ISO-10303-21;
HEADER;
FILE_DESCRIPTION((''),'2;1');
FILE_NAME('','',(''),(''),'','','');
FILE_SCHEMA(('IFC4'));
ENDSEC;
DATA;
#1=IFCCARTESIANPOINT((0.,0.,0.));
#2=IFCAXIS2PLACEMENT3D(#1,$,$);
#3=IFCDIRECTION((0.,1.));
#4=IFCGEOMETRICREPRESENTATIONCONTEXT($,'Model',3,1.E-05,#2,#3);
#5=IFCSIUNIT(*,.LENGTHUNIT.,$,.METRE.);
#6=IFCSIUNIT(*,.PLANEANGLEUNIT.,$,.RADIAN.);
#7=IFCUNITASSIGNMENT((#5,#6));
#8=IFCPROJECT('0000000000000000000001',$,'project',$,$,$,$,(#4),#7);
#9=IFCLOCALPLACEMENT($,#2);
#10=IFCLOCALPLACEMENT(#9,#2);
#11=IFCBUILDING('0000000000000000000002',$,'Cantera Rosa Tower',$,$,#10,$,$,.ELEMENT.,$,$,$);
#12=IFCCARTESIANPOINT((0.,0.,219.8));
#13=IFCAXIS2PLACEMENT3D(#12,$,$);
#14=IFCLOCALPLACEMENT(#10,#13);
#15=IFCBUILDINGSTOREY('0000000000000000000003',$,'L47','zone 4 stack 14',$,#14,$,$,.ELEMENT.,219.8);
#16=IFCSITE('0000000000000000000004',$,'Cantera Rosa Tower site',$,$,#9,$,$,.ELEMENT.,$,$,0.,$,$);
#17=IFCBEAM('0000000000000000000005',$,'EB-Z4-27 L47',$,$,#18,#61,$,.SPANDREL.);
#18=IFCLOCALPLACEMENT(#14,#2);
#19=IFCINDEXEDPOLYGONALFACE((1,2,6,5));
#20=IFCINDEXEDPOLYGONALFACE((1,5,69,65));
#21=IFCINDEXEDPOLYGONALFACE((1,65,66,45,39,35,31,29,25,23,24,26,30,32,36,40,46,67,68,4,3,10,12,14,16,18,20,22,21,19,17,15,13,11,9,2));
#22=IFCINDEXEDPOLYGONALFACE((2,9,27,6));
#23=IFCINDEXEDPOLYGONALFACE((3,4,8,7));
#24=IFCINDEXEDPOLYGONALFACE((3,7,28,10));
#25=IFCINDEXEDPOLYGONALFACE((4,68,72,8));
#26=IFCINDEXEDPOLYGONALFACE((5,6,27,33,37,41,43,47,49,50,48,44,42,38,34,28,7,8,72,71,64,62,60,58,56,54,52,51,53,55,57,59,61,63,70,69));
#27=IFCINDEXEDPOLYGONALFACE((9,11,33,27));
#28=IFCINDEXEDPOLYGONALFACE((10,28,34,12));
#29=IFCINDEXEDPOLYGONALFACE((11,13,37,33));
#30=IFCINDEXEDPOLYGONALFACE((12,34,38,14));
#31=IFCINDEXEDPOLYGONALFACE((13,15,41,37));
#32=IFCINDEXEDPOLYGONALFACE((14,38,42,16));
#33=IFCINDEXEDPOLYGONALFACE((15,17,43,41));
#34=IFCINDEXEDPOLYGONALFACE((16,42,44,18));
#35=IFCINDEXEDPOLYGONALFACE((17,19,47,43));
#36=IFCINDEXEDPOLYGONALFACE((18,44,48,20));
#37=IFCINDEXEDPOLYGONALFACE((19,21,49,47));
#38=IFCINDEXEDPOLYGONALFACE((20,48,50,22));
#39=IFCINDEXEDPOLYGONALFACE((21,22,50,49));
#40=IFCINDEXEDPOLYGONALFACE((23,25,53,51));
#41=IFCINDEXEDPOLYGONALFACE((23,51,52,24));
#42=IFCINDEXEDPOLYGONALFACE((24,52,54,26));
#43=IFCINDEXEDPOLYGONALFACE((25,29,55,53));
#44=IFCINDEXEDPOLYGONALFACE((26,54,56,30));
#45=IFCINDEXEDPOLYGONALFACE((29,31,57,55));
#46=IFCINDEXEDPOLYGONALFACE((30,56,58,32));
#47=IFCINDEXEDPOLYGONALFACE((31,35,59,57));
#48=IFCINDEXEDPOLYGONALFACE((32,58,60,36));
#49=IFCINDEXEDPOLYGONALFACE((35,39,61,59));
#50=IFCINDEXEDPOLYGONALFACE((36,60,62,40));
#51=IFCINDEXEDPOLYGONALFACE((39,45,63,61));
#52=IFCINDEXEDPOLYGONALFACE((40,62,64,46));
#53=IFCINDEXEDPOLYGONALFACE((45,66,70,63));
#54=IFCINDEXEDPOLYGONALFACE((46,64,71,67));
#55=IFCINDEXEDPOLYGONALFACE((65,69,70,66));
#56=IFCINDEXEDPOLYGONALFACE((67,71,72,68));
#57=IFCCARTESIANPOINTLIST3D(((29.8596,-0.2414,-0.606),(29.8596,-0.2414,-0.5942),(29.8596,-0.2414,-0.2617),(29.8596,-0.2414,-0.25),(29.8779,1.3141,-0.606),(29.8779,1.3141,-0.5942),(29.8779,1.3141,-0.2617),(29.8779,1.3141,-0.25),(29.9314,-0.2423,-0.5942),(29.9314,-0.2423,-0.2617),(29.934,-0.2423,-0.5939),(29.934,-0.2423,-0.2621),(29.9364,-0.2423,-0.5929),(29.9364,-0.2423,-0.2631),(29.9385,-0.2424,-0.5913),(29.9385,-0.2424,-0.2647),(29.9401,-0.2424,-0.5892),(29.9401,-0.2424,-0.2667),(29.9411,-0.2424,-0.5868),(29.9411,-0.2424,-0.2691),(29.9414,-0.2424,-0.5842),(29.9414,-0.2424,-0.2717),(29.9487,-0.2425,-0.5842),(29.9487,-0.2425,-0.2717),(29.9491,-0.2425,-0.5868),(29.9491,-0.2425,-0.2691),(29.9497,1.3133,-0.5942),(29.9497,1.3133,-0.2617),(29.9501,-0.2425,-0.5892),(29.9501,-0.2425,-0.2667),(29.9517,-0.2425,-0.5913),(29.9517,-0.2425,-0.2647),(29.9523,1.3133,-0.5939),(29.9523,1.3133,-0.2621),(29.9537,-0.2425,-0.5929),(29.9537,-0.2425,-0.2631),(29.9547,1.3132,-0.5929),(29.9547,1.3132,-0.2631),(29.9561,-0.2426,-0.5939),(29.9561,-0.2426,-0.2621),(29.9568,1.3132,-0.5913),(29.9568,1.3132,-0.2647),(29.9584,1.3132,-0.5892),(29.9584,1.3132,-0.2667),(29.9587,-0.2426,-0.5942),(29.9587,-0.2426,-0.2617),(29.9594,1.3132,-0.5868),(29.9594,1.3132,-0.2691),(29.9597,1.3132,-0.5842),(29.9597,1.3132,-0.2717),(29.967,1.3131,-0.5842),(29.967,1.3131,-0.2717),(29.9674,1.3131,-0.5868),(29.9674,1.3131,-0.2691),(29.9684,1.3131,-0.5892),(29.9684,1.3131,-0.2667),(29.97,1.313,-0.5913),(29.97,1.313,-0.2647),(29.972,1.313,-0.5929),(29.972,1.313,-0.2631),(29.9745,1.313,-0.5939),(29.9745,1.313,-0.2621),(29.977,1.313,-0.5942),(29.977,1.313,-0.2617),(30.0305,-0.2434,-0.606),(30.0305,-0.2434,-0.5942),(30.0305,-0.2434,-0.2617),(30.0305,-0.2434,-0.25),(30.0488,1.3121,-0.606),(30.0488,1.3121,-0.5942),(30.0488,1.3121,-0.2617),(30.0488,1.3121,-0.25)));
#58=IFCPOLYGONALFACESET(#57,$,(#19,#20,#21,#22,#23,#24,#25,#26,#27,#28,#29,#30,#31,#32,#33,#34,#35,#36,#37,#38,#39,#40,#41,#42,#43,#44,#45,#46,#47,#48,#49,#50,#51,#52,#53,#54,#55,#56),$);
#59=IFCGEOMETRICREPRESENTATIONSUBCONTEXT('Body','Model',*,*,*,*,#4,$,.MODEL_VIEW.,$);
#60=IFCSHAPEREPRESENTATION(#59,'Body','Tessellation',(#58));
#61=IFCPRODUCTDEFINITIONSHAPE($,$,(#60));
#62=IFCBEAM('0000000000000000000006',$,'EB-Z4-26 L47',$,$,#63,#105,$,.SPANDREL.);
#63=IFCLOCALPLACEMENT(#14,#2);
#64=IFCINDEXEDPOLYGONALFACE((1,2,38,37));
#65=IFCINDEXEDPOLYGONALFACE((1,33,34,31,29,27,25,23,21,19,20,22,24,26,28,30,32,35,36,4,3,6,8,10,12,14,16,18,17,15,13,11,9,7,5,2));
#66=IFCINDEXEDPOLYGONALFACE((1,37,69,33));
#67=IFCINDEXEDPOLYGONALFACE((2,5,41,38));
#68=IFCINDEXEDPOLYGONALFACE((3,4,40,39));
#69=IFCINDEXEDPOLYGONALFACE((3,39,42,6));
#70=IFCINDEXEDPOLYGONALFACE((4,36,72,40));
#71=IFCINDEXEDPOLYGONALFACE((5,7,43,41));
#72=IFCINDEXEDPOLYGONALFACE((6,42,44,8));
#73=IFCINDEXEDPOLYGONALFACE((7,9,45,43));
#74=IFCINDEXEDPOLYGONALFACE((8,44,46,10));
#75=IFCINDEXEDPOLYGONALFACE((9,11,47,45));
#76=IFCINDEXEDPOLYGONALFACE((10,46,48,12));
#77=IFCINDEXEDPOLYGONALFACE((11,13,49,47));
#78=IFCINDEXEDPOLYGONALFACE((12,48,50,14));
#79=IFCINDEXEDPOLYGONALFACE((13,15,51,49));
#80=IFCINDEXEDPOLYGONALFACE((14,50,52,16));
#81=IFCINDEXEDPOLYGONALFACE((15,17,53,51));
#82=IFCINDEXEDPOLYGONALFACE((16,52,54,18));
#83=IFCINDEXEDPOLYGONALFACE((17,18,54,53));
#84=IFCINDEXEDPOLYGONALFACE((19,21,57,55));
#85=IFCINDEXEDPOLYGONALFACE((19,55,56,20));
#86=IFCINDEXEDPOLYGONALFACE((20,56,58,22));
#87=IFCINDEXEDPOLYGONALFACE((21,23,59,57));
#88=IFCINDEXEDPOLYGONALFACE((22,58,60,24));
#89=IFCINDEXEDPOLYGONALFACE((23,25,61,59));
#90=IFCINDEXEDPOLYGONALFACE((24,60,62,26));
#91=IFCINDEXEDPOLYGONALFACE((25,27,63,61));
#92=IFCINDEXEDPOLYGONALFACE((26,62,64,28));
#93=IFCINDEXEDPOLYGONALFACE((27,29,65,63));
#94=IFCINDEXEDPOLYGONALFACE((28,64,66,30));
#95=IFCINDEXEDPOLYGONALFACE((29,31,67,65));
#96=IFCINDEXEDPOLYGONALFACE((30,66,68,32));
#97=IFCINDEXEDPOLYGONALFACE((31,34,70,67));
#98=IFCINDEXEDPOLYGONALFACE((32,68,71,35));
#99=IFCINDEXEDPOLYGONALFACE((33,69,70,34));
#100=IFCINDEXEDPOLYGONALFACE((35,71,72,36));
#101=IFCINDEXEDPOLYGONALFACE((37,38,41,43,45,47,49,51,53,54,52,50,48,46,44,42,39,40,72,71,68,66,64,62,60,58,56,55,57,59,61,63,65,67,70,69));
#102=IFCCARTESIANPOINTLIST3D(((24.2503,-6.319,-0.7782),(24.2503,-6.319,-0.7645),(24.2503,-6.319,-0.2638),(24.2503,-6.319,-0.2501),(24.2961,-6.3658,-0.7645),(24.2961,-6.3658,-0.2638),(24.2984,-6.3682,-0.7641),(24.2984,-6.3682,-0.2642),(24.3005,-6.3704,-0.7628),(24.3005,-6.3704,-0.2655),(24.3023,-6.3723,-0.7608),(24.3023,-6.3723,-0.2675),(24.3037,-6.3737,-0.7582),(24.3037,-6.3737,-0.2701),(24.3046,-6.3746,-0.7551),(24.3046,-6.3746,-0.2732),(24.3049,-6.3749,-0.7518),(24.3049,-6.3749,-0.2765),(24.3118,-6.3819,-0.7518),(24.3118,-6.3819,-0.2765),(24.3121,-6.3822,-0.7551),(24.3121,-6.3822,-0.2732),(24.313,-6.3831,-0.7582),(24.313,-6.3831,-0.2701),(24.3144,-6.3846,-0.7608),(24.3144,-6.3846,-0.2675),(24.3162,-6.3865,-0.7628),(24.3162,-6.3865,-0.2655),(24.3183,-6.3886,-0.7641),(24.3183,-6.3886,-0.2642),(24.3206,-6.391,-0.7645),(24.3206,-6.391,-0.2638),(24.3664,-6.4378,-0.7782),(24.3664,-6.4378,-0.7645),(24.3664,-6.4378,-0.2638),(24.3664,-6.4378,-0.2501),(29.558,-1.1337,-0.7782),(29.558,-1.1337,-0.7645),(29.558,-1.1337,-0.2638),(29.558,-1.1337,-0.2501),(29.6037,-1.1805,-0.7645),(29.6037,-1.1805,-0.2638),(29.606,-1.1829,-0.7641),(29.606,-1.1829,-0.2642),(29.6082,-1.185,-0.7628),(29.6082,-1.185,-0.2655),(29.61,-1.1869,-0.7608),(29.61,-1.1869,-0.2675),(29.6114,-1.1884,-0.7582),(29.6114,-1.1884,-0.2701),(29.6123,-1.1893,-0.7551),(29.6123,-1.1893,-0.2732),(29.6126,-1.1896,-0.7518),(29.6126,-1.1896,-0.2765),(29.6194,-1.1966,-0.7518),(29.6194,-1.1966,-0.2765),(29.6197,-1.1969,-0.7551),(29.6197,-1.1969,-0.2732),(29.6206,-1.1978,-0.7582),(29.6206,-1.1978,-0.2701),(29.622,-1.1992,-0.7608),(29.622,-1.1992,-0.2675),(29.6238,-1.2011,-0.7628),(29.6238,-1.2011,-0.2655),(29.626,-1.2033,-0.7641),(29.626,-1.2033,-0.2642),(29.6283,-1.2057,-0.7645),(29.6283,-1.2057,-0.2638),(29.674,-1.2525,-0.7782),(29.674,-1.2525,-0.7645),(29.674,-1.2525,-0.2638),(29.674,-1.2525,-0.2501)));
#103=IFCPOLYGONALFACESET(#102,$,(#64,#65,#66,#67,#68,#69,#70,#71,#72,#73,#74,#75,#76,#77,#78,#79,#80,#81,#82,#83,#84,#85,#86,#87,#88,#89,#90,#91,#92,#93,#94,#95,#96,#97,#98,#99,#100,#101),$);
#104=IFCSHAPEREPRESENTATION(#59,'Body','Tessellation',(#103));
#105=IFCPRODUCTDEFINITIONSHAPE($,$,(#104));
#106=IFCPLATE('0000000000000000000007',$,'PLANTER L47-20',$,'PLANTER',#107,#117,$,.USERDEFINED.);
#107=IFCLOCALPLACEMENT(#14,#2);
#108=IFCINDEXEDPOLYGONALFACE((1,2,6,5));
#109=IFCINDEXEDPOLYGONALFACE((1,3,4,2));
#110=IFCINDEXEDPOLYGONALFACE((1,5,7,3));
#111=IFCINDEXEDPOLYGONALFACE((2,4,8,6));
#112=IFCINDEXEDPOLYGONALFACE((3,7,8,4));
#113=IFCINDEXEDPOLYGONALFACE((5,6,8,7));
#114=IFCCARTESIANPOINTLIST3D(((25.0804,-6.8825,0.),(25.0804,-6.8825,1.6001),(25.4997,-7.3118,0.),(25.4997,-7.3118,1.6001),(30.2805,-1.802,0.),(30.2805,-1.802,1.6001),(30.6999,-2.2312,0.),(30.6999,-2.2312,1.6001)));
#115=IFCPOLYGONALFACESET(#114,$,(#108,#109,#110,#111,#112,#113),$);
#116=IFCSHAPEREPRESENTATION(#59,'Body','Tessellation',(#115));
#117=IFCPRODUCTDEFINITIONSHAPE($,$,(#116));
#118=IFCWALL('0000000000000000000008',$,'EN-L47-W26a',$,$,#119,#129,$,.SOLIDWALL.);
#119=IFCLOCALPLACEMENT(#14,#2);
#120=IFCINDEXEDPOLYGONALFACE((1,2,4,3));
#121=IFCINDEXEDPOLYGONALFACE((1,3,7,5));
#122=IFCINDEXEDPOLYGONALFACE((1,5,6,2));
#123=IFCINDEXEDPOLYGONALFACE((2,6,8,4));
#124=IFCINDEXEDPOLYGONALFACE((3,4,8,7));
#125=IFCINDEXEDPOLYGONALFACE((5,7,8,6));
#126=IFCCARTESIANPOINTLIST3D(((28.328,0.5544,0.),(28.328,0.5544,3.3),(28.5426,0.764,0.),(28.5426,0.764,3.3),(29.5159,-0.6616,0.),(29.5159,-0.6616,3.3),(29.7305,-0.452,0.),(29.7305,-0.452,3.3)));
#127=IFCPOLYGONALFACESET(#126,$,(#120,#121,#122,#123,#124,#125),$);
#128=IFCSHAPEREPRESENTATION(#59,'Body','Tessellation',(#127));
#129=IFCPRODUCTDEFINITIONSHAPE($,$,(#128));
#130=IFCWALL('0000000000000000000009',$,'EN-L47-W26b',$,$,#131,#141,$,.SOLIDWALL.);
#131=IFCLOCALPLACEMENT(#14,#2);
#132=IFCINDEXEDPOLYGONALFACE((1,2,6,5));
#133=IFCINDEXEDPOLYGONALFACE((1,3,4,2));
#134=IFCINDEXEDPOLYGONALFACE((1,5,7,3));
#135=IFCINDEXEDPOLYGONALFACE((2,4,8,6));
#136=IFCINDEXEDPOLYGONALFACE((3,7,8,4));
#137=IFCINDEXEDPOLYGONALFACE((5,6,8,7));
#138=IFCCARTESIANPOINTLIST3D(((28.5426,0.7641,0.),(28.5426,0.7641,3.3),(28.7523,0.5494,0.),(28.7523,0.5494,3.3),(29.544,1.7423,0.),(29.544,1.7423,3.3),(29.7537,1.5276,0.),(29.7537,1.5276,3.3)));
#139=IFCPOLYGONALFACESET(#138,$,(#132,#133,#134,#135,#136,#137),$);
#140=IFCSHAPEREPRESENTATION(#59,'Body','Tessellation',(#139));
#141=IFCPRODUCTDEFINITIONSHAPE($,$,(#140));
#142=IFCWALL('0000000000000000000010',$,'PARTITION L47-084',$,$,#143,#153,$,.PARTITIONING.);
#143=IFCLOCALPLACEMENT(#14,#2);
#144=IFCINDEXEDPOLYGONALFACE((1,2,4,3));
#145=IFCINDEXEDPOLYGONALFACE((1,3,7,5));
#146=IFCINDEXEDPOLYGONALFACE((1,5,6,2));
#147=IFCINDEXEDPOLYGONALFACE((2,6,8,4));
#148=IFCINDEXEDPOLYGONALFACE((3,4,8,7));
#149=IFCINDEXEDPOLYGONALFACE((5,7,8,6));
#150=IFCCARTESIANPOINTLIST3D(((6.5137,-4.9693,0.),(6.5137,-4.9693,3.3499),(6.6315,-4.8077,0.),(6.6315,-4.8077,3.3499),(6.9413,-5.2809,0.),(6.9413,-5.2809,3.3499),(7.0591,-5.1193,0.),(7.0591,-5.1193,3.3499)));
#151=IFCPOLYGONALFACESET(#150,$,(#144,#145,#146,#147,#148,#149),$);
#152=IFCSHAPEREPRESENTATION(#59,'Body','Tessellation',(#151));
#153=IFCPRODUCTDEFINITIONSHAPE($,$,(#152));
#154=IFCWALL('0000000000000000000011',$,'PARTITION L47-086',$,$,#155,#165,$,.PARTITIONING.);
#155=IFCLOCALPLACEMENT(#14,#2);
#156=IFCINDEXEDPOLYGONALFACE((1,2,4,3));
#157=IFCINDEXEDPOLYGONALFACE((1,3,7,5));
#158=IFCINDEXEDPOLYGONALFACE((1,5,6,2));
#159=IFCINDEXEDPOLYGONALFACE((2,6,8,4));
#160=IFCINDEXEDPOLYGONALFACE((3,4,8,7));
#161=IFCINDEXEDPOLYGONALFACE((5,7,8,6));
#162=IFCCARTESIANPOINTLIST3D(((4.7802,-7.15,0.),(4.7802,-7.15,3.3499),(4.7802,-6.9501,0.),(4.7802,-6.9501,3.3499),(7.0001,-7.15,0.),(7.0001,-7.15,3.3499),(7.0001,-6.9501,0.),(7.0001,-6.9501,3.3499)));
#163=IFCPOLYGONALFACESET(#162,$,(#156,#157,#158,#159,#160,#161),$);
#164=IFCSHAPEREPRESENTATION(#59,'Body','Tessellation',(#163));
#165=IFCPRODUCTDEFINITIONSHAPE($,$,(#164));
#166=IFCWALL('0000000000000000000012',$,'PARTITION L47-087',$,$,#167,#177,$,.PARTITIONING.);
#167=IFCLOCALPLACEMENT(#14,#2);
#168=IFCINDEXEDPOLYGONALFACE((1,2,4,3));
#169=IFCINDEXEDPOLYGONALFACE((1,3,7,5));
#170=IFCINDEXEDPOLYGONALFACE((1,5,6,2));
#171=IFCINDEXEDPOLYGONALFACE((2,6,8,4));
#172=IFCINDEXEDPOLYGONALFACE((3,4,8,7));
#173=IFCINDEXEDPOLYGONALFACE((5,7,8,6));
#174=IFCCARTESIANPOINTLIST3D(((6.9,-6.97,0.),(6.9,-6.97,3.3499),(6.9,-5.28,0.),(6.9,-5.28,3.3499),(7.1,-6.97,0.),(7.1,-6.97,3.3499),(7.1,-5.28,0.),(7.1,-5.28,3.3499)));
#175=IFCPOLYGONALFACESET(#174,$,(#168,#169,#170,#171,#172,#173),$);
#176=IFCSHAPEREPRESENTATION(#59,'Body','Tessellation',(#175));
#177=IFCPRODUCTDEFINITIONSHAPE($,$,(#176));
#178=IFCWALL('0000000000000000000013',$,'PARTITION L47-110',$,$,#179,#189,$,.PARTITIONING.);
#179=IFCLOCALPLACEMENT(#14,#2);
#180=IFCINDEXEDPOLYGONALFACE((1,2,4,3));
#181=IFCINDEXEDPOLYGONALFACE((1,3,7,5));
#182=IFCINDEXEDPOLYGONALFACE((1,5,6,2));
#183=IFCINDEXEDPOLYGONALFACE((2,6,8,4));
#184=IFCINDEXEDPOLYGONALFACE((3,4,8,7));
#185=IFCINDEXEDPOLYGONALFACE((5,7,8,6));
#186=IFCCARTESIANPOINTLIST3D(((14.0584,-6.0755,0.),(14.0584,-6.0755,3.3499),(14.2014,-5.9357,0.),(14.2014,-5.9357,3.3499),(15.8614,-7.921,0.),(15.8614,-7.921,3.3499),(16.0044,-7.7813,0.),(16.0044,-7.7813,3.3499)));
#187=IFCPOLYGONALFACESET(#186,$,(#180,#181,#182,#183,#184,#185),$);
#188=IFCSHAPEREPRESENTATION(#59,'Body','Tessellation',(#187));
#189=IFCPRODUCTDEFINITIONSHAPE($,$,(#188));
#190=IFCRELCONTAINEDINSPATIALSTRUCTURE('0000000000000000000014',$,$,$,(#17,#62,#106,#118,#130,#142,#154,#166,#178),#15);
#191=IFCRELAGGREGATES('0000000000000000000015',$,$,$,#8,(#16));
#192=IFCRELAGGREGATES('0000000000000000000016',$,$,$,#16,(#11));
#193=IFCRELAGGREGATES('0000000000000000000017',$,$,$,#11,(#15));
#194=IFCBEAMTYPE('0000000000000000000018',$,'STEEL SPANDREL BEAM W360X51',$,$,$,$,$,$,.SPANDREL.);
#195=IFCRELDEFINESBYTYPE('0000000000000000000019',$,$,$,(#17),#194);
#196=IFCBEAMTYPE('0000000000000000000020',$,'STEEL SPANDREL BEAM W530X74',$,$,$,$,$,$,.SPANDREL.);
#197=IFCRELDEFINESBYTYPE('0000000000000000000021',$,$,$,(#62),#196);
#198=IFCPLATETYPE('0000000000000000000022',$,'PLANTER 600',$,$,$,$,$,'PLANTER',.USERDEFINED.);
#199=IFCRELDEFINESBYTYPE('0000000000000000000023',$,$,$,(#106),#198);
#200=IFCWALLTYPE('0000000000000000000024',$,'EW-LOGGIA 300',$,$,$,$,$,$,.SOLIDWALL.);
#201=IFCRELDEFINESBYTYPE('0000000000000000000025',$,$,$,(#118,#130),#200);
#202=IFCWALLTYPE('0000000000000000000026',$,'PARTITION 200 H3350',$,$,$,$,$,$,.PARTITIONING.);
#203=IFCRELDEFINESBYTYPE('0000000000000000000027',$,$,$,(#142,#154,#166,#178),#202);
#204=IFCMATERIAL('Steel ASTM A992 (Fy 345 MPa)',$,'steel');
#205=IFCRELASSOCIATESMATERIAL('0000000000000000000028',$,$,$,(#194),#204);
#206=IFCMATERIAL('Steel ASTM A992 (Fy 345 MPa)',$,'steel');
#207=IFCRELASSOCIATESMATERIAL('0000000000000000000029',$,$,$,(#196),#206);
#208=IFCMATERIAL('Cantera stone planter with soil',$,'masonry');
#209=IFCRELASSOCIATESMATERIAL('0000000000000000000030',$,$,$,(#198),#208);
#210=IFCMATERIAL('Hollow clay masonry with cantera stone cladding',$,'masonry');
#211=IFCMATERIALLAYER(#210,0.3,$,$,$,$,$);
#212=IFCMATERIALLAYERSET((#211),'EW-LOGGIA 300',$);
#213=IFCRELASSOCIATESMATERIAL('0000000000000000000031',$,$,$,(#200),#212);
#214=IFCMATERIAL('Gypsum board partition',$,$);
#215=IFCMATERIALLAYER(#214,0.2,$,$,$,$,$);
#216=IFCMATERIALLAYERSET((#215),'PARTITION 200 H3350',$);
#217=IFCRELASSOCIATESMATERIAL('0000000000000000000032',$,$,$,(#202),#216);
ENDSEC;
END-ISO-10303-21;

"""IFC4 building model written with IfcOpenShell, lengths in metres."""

from ifc_helpers import new_model, si_unit, direction, frame, frame_2d, origin, origin_2d, place, context, subcontext, project, spatial, rectangle, i_section, extrude, material, layer, layer_set, material_profile, profile_set, type_object, element, save


model = new_model("IFC4")

# Units and contexts
model_context = context("Model", 3, precision=1e-05, world=origin(), true_north=direction((0.0, 1.0)))
body_context = subcontext(model_context, "Body", "Model", "MODEL_VIEW")
ifc_project = project(units=[si_unit("LENGTHUNIT", "METRE"), si_unit("PLANEANGLEUNIT", "RADIAN")], contexts=[model_context])

# Site, building, storey
site_placement = place(None, origin())
site = spatial("IfcSite", under=ifc_project, at=site_placement, Name="Cantera Rosa Tower site", CompositionType="ELEMENT", RefElevation=0.0)
building_placement = place(site_placement, origin())
building = spatial("IfcBuilding", under=site, at=building_placement, Name="Cantera Rosa Tower", CompositionType="ELEMENT")
storey_placement = place(building_placement, frame((0.0, 0.0, 219.8)))
storey = spatial("IfcBuildingStorey", under=building, at=storey_placement, Name="L47", Description="zone 4 stack 14", CompositionType="ELEMENT", Elevation=219.8)

# Beams
ifc_material_1 = material(Name="Steel ASTM A992 (Fy 345 MPa)", Category="steel")
ifc_material_profile_1 = material_profile(ifc_material_1, i_section(OverallWidth=0.1709, OverallDepth=0.356, WebThickness=0.0073, FlangeThickness=0.0117, FilletRadius=0.01, at=origin_2d()), Name="W360X51")
ifc_profile_set_1 = profile_set([ifc_material_profile_1], Name="Steel ASTM A992 (Fy 345 MPa)")
beam_type_1 = type_object("IfcBeamType", Name="STEEL SPANDREL BEAM W360X51", PredefinedType="SPANDREL", material=ifc_profile_set_1)
beam_1_placement = place(storey_placement, frame((29.9451, -0.2424, -0.428), z_axis=(0.011769, 0.999931, 0.0), x_axis=(-0.999931, 0.011769, 0.0)))
element("IfcBeam", 1, at=beam_1_placement, inside=storey, type_object=beam_type_1, Name="EB-Z4-27 L47", PredefinedType="SPANDREL", context=body_context, shape_type="SweptSolid", body=[
    extrude(i_section(OverallWidth=0.1709, OverallDepth=0.356, WebThickness=0.0073, FlangeThickness=0.0117, FilletRadius=0.01, at=origin_2d()), origin(), (0.0, 0.0, 1.0), 1.5557),
])
ifc_material_2 = material(Name="Steel ASTM A992 (Fy 345 MPa)", Category="steel")
ifc_material_profile_2 = material_profile(ifc_material_2, i_section(OverallWidth=0.166, OverallDepth=0.5281, WebThickness=0.0098, FlangeThickness=0.0137, FilletRadius=0.0127, at=origin_2d()), Name="W530X74")
ifc_profile_set_2 = profile_set([ifc_material_profile_2], Name="Steel ASTM A992 (Fy 345 MPa)")
beam_type_2 = type_object("IfcBeamType", Name="STEEL SPANDREL BEAM W530X74", PredefinedType="SPANDREL", material=ifc_profile_set_2)
beam_2_placement = place(storey_placement, frame((24.3083, -6.3784, -0.5142), z_axis=(0.715301, 0.698817, 0.0), x_axis=(-0.698817, 0.715301, 0.0)))
element("IfcBeam", 2, at=beam_2_placement, inside=storey, type_object=beam_type_2, Name="EB-Z4-26 L47", PredefinedType="SPANDREL", context=body_context, shape_type="SweptSolid", body=[
    extrude(i_section(OverallWidth=0.166, OverallDepth=0.5281, WebThickness=0.0098, FlangeThickness=0.0137, FilletRadius=0.0127, at=origin_2d()), origin(), (0.0, 0.0, 1.0), 7.4202),
])

# Plate
ifc_material_3 = material(Name="Cantera stone planter with soil", Category="masonry")
plate_type = type_object("IfcPlateType", Name="PLANTER 600", ElementType="PLANTER", PredefinedType="USERDEFINED", material=ifc_material_3)
plate_placement = place(storey_placement, frame((27.8901, -4.5569, 0.0), z_axis=(0.0, 0.0, 1.0), x_axis=(0.715286, 0.698832, 0.0)))
element("IfcPlate", 3, at=plate_placement, inside=storey, type_object=plate_type, Name="PLANTER L47-20", ObjectType="PLANTER", PredefinedType="USERDEFINED", context=body_context, shape_type="SweptSolid", body=[
    extrude(rectangle(XDim=7.27, YDim=0.6001, at=origin_2d()), origin(), (0.0, 0.0, 1.0), 1.6001),
])

# Walls
ifc_material_4 = material(Name="Hollow clay masonry with cantera stone cladding", Category="masonry")
ifc_layer_1 = layer(ifc_material_4, 0.3)
ifc_layer_set_1 = layer_set([ifc_layer_1], Name="EW-LOGGIA 300")
wall_type_1 = type_object("IfcWallType", Name="EW-LOGGIA 300", PredefinedType="SOLIDWALL", material=ifc_layer_set_1)
wall_1_placement = place(storey_placement, frame((29.6233, -0.5569, 0.0), z_axis=(0.0, 0.0, 1.0), x_axis=(-0.698801, 0.715316, 0.0)))
element("IfcWall", 4, at=wall_1_placement, inside=storey, type_object=wall_type_1, Name="EN-L47-W26a", PredefinedType="SOLIDWALL", context=body_context, shape_type="SweptSolid", body=[
    extrude(rectangle(XDim=1.7, YDim=0.3, at=frame_2d((0.8501, 0.0))), origin(), (0.0, 0.0, 1.0), 3.3),
])
wall_2_placement = place(storey_placement, frame((28.6475, 0.6567, 0.0), z_axis=(0.0, 0.0, 1.0), x_axis=(0.715342, 0.698775, 0.0)))
element("IfcWall", 5, at=wall_2_placement, inside=storey, type_object=wall_type_1, Name="EN-L47-W26b", PredefinedType="SOLIDWALL", context=body_context, shape_type="SweptSolid", body=[
    extrude(rectangle(XDim=1.3999, YDim=0.3, at=frame_2d((0.7, 0.0))), origin(), (0.0, 0.0, 1.0), 3.3),
])

# Walls
ifc_material_5 = material(Name="Gypsum board partition")
ifc_layer_2 = layer(ifc_material_5, 0.2)
ifc_layer_set_2 = layer_set([ifc_layer_2], Name="PARTITION 200 H3350")
wall_type_2 = type_object("IfcWallType", Name="PARTITION 200 H3350", PredefinedType="PARTITIONING", material=ifc_layer_set_2)
wall_3_placement = place(storey_placement, frame((6.5725, -4.8884, 0.0), z_axis=(0.0, 0.0, 1.0), x_axis=(0.808177, -0.58894, 0.0)))
element("IfcWall", 6, at=wall_3_placement, inside=storey, type_object=wall_type_2, Name="PARTITION L47-084", PredefinedType="PARTITIONING", context=body_context, shape_type="SweptSolid", body=[
    extrude(rectangle(XDim=0.5291, YDim=0.2, at=frame_2d((0.2646, 0.0))), origin(), (0.0, 0.0, 1.0), 3.3499),
])
wall_4_placement = place(storey_placement, frame((7.0, -7.05, 0.0), z_axis=(0.0, 0.0, 1.0), x_axis=(-1.0, 0.0, 0.0)))
element("IfcWall", 7, at=wall_4_placement, inside=storey, type_object=wall_type_2, Name="PARTITION L47-086", PredefinedType="PARTITIONING", context=body_context, shape_type="SweptSolid", body=[
    extrude(rectangle(XDim=2.22, YDim=0.2, at=frame_2d((1.1099, 0.0))), origin(), (0.0, 0.0, 1.0), 3.3499),
])
wall_5_placement = place(storey_placement, frame((7.0, -5.28, 0.0), z_axis=(0.0, 0.0, 1.0), x_axis=(0.0, -1.0, 0.0)))
element("IfcWall", 8, at=wall_5_placement, inside=storey, type_object=wall_type_2, Name="PARTITION L47-087", PredefinedType="PARTITIONING", context=body_context, shape_type="SweptSolid", body=[
    extrude(rectangle(XDim=1.6899, YDim=0.2, at=frame_2d((0.845, 0.0))), origin(), (0.0, 0.0, 1.0), 3.3499),
])
wall_6_placement = place(storey_placement, frame((14.1299, -6.0056, 0.0), z_axis=(0.0, 0.0, 1.0), x_axis=(0.698826, -0.715291, 0.0)))
element("IfcWall", 9, at=wall_6_placement, inside=storey, type_object=wall_type_2, Name="PARTITION L47-110", PredefinedType="PARTITIONING", context=body_context, shape_type="SweptSolid", body=[
    extrude(rectangle(XDim=2.5801, YDim=0.2, at=frame_2d((1.29, 0.0))), origin(), (0.0, 0.0, 1.0), 3.3499),
])

save(model, "model.ifc")
